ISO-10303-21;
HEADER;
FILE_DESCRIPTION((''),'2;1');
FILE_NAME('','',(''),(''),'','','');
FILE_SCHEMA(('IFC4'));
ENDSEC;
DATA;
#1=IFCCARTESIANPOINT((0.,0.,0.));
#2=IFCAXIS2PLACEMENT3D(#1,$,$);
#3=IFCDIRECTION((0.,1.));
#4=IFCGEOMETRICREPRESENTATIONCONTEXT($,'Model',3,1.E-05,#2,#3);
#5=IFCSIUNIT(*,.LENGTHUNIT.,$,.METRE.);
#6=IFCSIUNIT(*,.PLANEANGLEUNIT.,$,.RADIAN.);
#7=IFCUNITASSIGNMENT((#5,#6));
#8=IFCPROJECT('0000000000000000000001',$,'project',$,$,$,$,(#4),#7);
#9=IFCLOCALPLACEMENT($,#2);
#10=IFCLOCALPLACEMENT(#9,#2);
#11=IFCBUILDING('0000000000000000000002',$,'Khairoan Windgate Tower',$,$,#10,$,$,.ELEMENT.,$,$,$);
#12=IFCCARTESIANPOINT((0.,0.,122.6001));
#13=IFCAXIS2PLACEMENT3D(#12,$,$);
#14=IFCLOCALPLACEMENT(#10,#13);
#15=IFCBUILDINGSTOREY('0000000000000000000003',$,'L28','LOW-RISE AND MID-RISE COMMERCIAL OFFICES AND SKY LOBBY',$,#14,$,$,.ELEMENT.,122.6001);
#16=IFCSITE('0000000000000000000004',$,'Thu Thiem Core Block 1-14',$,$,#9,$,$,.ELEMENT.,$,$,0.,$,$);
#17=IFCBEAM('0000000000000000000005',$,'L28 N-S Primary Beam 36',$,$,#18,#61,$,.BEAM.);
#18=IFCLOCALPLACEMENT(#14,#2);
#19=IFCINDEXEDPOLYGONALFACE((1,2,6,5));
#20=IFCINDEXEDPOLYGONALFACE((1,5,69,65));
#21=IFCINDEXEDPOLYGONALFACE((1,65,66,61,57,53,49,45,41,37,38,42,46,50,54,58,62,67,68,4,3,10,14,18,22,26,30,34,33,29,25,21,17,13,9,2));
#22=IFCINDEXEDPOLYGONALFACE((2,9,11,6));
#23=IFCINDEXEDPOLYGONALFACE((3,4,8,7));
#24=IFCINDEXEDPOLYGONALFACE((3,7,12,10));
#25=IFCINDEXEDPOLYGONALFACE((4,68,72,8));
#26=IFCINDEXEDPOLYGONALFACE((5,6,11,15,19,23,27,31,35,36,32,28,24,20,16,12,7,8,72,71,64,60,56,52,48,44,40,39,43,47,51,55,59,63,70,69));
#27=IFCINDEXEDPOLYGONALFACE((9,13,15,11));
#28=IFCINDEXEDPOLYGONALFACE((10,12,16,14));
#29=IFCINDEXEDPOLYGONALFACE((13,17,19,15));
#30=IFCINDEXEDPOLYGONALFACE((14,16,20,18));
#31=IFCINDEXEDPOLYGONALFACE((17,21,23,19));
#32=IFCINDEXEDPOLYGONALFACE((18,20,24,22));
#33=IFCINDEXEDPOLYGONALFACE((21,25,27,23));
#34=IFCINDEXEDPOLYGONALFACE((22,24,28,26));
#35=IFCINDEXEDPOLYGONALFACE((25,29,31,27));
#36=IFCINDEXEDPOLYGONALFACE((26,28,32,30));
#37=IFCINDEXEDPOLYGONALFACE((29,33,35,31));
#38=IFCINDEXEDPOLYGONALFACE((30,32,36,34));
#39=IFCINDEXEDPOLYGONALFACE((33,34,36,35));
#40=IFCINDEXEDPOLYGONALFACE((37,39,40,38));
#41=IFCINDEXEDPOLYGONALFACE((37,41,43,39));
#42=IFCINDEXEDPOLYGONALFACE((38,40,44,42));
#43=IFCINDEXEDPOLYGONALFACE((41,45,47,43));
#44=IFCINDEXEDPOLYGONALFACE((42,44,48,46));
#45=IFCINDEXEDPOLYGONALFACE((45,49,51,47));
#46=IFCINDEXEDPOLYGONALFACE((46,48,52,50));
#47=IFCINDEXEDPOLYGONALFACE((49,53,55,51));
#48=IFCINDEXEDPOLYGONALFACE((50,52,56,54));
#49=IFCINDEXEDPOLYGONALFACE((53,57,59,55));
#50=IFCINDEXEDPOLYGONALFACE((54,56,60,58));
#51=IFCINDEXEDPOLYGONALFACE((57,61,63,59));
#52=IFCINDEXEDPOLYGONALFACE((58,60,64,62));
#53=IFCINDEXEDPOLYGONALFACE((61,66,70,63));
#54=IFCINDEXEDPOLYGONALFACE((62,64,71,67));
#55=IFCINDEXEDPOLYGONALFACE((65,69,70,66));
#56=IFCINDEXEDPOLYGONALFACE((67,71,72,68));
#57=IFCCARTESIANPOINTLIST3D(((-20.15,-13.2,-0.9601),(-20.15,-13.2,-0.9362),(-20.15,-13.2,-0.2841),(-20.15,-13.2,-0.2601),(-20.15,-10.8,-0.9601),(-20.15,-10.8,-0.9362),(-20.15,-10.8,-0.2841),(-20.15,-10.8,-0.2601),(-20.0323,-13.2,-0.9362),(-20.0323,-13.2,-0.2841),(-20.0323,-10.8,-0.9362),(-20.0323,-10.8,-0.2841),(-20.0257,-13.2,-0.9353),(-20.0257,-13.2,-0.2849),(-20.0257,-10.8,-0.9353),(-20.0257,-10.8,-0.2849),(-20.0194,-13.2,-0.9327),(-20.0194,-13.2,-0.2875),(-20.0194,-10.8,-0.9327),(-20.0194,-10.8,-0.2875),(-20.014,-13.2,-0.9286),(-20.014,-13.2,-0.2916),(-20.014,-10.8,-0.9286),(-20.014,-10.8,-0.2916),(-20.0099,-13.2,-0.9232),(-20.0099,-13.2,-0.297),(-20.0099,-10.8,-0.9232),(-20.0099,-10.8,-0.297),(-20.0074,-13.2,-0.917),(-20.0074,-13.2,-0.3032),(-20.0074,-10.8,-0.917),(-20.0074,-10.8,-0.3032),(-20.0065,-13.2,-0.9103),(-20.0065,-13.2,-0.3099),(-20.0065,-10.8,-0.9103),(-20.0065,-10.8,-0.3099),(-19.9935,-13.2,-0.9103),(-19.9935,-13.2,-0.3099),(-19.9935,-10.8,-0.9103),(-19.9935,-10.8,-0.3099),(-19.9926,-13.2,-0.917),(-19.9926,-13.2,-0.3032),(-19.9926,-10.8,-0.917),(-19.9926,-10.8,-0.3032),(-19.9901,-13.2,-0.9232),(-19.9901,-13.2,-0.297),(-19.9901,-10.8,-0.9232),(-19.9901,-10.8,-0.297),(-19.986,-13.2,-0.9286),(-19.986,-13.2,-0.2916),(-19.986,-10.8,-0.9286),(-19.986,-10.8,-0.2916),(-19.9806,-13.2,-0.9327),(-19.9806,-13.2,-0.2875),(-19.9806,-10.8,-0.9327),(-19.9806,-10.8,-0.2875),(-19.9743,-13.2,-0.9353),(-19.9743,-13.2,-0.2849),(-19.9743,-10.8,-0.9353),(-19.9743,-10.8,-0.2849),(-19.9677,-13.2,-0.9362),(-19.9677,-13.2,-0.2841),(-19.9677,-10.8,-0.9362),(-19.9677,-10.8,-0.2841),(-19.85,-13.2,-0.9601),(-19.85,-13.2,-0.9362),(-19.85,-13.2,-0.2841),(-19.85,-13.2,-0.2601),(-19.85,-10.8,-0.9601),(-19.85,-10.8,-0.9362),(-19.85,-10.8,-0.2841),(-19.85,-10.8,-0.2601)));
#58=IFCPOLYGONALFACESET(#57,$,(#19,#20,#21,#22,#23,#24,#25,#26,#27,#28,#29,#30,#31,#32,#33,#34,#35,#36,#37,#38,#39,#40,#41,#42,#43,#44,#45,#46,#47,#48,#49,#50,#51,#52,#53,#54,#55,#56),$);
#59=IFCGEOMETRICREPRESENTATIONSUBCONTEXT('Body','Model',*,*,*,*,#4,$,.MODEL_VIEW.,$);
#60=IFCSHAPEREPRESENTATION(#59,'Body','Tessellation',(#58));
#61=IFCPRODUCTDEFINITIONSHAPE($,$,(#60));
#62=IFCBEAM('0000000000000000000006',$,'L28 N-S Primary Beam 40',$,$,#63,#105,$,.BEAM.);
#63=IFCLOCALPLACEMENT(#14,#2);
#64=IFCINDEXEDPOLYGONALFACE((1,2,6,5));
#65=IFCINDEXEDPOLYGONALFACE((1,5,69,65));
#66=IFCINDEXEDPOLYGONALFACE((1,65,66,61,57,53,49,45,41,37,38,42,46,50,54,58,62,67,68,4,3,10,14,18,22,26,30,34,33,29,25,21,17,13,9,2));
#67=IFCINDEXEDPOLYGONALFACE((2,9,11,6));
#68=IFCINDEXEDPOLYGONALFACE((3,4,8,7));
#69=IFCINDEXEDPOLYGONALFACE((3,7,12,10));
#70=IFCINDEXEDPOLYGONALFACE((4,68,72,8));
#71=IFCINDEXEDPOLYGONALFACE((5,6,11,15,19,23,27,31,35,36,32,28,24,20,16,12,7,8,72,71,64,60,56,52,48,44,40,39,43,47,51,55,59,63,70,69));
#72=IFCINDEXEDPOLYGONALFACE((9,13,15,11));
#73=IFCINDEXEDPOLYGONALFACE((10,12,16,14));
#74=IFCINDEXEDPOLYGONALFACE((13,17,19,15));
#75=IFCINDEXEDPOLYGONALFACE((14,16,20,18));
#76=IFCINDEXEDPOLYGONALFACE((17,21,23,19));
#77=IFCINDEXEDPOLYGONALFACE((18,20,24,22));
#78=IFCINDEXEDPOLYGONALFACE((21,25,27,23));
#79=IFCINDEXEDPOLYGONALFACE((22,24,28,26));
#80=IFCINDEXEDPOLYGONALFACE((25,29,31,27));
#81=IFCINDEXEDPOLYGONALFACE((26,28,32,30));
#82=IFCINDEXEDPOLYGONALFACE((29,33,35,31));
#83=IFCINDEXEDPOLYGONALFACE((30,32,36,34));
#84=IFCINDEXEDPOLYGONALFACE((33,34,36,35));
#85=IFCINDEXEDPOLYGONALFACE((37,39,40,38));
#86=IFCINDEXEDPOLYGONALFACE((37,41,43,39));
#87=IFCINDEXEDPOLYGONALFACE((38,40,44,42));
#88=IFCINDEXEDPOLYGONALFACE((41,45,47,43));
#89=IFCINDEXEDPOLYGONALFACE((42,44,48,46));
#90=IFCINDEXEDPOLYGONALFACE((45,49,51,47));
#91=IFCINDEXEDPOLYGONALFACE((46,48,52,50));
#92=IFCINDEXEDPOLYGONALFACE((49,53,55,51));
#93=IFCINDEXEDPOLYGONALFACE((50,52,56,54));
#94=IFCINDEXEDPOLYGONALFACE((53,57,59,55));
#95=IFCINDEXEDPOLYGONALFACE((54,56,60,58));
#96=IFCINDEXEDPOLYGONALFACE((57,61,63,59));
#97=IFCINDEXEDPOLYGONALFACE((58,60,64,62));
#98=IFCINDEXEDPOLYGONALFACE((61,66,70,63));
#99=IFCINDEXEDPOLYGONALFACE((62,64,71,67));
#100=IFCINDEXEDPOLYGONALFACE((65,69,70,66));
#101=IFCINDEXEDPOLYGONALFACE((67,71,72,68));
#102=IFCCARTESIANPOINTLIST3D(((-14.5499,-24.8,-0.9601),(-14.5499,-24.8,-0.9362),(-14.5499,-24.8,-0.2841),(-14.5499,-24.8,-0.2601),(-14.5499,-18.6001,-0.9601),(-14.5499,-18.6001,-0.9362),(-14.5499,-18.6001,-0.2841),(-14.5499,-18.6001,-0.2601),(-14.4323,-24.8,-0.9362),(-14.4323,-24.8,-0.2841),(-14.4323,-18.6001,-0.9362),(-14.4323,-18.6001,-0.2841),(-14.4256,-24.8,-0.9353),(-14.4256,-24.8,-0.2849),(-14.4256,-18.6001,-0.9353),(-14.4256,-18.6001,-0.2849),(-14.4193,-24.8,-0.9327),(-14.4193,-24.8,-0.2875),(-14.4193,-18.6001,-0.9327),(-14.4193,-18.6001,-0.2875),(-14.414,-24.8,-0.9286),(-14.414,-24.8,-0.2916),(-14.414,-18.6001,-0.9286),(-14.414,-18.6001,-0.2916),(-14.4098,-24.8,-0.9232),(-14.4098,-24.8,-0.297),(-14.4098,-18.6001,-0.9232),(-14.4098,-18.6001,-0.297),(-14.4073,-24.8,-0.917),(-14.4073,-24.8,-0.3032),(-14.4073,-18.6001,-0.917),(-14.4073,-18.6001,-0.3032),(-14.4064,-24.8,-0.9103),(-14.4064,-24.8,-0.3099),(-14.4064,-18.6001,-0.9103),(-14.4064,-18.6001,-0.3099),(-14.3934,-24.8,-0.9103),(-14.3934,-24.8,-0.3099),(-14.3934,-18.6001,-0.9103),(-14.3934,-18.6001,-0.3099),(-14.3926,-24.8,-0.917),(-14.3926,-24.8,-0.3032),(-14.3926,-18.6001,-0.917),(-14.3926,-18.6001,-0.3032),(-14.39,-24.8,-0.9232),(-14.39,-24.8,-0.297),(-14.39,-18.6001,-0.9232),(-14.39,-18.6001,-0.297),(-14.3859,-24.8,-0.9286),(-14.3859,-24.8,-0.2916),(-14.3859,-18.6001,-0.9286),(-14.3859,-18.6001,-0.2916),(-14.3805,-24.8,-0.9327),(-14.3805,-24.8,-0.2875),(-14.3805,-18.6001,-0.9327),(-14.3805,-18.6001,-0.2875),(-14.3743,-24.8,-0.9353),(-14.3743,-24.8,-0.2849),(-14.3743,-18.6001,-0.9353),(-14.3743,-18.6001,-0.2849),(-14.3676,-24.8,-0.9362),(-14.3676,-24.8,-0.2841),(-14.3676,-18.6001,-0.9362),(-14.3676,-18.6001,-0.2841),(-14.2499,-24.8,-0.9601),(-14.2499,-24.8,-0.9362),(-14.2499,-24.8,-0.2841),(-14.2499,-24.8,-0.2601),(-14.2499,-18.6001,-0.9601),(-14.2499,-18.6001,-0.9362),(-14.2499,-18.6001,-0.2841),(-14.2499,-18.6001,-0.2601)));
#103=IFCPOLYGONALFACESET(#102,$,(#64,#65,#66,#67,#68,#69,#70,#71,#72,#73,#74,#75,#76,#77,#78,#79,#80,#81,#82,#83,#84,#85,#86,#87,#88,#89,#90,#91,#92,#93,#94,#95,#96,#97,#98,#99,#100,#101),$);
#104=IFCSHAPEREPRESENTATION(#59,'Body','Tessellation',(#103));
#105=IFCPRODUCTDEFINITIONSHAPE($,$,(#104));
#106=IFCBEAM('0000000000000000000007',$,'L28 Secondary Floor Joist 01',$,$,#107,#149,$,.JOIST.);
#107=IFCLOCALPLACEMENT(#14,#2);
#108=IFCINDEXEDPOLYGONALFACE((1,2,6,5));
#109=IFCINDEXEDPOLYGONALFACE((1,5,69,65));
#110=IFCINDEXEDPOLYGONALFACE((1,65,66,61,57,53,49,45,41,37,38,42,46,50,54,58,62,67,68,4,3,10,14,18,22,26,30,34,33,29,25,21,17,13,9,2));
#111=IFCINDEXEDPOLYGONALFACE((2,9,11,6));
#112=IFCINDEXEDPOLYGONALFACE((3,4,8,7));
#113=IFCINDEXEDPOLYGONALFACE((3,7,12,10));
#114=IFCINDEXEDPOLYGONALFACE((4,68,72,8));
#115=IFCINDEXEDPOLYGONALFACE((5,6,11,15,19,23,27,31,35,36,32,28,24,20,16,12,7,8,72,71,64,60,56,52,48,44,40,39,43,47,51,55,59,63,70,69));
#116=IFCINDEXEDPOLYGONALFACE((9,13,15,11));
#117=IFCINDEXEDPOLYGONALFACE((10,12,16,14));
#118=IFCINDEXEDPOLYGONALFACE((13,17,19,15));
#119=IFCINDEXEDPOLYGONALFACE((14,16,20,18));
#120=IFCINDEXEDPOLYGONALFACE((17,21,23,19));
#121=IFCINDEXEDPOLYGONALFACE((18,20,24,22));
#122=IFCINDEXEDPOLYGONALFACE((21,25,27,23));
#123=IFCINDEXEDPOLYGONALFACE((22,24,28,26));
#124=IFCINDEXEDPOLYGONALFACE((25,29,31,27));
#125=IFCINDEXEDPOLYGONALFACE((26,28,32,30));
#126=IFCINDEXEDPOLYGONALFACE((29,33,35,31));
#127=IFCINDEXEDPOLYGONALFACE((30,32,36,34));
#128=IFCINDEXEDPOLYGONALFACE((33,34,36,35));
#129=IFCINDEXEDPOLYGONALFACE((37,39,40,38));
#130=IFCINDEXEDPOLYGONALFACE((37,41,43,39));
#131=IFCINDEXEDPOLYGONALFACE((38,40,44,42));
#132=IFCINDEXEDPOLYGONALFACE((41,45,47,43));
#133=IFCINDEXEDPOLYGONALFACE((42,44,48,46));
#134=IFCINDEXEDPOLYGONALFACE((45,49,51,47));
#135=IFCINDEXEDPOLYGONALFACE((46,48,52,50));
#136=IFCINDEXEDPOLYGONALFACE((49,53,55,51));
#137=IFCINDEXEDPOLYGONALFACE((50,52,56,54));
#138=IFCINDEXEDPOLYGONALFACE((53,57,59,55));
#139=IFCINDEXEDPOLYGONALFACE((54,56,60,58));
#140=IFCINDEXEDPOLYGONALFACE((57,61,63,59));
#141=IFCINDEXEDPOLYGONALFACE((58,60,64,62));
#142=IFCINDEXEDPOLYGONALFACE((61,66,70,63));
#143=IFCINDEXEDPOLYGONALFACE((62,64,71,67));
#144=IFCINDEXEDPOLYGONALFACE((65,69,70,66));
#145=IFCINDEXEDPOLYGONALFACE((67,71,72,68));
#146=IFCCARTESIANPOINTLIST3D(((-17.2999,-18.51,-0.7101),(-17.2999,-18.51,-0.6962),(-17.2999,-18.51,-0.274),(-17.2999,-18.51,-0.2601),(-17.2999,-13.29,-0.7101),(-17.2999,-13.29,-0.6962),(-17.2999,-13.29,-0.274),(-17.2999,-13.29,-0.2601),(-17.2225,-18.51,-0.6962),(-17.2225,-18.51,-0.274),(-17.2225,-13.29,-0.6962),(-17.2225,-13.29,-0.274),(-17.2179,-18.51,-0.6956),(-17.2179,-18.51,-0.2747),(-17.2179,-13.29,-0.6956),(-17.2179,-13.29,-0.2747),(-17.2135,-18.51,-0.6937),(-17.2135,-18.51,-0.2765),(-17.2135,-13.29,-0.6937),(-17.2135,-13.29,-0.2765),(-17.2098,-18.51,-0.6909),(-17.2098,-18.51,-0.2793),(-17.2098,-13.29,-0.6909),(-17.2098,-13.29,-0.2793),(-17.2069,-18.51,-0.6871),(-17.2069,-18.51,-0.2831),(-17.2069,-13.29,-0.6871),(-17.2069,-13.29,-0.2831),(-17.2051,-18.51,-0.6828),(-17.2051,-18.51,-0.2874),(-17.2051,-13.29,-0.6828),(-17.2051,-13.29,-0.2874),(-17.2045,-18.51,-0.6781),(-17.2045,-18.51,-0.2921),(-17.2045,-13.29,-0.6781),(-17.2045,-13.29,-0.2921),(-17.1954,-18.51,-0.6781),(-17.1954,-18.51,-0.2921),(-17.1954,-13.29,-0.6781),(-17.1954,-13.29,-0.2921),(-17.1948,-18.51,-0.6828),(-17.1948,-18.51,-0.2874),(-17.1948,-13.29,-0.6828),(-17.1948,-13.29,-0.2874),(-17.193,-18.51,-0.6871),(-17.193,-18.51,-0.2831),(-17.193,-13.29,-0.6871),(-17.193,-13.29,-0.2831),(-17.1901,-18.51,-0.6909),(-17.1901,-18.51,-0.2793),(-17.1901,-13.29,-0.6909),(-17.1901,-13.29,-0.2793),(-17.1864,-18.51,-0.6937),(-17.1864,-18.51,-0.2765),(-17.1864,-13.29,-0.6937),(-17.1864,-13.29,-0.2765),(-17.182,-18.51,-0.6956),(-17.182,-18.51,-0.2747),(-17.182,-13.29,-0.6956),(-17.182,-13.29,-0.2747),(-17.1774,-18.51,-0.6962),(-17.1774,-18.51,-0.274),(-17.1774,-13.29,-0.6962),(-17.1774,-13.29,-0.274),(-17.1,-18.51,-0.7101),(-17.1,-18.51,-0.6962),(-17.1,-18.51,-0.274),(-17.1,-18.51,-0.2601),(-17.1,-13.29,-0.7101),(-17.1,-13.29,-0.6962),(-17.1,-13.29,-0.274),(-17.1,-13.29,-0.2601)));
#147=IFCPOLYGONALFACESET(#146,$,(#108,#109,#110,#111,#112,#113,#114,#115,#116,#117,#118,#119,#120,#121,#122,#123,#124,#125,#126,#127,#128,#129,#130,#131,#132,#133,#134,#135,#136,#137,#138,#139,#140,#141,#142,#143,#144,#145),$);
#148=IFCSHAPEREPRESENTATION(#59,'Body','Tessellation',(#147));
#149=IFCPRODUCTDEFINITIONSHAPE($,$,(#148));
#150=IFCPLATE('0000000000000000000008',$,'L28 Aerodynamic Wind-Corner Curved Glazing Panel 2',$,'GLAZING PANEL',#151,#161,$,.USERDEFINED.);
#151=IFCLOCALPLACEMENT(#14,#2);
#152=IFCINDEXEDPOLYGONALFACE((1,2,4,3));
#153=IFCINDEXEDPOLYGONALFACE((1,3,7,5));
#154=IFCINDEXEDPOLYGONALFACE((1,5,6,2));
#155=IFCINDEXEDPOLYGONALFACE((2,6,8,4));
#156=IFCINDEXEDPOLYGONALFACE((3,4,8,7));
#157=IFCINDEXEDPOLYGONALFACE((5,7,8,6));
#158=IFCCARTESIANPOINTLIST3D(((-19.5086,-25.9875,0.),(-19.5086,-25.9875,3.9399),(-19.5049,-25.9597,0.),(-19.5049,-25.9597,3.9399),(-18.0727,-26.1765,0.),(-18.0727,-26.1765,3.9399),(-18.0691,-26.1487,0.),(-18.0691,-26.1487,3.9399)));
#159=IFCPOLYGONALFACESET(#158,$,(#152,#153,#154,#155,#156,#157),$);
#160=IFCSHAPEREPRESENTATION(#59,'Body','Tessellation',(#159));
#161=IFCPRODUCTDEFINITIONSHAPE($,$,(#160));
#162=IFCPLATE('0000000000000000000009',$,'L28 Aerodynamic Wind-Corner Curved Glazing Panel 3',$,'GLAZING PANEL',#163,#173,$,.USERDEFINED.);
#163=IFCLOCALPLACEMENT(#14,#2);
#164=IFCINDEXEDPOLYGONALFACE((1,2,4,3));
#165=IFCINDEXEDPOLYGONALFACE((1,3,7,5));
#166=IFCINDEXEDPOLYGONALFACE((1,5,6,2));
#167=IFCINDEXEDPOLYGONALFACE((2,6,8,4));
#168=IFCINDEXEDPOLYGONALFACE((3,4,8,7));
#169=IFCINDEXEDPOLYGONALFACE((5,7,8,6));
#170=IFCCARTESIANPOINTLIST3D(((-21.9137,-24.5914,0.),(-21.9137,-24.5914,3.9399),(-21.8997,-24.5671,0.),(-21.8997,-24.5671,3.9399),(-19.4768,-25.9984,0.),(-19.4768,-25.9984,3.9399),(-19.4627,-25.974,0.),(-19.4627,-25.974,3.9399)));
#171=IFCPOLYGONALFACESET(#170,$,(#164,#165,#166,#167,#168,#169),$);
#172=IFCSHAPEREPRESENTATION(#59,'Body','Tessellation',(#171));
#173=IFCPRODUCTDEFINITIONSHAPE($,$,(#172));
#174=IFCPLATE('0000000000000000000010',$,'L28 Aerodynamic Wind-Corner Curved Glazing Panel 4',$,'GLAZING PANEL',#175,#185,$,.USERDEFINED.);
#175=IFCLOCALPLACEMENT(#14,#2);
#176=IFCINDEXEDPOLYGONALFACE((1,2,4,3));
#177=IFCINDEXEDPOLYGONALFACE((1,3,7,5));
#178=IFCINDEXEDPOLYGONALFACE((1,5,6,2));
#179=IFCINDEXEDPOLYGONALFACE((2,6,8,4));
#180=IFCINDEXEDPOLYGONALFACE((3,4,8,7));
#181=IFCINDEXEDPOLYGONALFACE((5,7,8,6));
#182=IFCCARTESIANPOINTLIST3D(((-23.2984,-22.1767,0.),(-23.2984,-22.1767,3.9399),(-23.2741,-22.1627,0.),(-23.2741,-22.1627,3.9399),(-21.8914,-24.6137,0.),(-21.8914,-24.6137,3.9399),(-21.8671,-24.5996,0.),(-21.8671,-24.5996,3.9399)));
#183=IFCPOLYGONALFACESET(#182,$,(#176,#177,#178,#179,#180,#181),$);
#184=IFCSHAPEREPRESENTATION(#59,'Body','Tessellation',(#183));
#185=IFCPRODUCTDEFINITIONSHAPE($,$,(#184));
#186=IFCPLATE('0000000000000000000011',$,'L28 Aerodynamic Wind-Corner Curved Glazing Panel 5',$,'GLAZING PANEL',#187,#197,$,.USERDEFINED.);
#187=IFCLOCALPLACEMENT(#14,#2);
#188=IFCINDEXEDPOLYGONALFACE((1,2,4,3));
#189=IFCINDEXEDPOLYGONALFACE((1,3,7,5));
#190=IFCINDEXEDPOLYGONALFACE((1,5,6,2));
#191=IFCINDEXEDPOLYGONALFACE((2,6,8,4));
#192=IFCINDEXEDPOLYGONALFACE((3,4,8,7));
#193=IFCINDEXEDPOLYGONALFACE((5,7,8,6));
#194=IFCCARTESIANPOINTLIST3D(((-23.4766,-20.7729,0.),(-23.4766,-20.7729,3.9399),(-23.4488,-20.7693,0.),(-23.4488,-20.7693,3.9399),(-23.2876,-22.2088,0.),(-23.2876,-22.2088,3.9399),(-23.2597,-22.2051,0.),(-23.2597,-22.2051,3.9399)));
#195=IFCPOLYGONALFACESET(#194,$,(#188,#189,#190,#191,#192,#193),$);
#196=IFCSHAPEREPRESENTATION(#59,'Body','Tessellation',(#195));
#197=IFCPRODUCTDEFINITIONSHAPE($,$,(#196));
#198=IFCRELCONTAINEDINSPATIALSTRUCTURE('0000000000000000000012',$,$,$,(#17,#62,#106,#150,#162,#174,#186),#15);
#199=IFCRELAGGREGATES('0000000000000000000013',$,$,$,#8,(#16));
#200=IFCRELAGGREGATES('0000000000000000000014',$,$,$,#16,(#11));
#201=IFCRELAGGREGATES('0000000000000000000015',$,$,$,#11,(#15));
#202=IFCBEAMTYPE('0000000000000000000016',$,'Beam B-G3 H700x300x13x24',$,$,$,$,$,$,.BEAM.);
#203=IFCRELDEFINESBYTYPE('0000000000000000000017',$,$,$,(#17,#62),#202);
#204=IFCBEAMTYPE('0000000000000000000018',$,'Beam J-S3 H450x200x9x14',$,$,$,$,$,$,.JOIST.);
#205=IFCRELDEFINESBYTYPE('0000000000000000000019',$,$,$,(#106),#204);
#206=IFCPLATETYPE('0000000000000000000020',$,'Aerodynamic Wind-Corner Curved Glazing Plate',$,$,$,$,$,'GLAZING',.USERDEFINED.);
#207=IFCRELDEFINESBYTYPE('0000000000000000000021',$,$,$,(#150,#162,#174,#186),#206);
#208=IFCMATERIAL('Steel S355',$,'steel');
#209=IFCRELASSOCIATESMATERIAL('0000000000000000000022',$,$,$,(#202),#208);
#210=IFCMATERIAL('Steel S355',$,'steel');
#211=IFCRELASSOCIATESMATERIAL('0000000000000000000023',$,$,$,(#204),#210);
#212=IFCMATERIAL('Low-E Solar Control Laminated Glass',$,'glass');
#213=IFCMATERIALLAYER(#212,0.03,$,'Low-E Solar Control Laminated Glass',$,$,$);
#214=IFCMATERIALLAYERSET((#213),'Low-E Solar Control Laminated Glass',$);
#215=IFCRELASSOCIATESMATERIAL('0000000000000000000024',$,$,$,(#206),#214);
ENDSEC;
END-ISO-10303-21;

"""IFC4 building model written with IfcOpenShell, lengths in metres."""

from ifc_helpers import new_model, si_unit, direction, frame, origin, origin_2d, place, context, subcontext, project, spatial, rectangle, i_section, extrude, material, layer, layer_set, material_profile, profile_set, type_object, element, save


model = new_model("IFC4")

# Units and contexts
model_context = context("Model", 3, precision=1e-05, world=origin(), true_north=direction((0.0, 1.0)))
body_context = subcontext(model_context, "Body", "Model", "MODEL_VIEW")
ifc_project = project(units=[si_unit("LENGTHUNIT", "METRE"), si_unit("PLANEANGLEUNIT", "RADIAN")], contexts=[model_context])

# Site, building, storey
site_placement = place(None, origin())
site = spatial("IfcSite", under=ifc_project, at=site_placement, Name="Thu Thiem Core Block 1-14", CompositionType="ELEMENT", RefElevation=0.0)
building_placement = place(site_placement, origin())
building = spatial("IfcBuilding", under=site, at=building_placement, Name="Khairoan Windgate Tower", CompositionType="ELEMENT")
storey_placement = place(building_placement, frame((0.0, 0.0, 122.6001)))
storey = spatial("IfcBuildingStorey", under=building, at=storey_placement, Name="L28", Description="LOW-RISE AND MID-RISE COMMERCIAL OFFICES AND SKY LOBBY", CompositionType="ELEMENT", Elevation=122.6001)

# Beams
ifc_material_1 = material(Name="Steel S355", Category="steel")
ifc_material_profile_1 = material_profile(ifc_material_1, i_section(OverallWidth=0.3, OverallDepth=0.7, WebThickness=0.0129, FlangeThickness=0.0239, FilletRadius=0.0259, at=origin_2d()))
ifc_profile_set_1 = profile_set([ifc_material_profile_1], Name="Steel S355")
beam_type_1 = type_object("IfcBeamType", Name="Beam B-G3 H700x300x13x24", PredefinedType="BEAM", material=ifc_profile_set_1)
beam_1_placement = place(storey_placement, frame((-20.0, -13.2, -0.6101), z_axis=(0.0, 1.0, 0.0), x_axis=(-1.0, 0.0, 0.0)))
element("IfcBeam", 1, at=beam_1_placement, inside=storey, type_object=beam_type_1, Name="L28 N-S Primary Beam 36", PredefinedType="BEAM", context=body_context, shape_type="SweptSolid", body=[
    extrude(i_section(OverallWidth=0.3, OverallDepth=0.7, WebThickness=0.0129, FlangeThickness=0.0239, FilletRadius=0.0259, at=origin_2d()), origin(), (0.0, 0.0, 1.0), 2.3999),
])
beam_2_placement = place(storey_placement, frame((-14.3999, -24.8, -0.6101), z_axis=(0.0, 1.0, 0.0), x_axis=(-1.0, 0.0, 0.0)))
element("IfcBeam", 2, at=beam_2_placement, inside=storey, type_object=beam_type_1, Name="L28 N-S Primary Beam 40", PredefinedType="BEAM", context=body_context, shape_type="SweptSolid", body=[
    extrude(i_section(OverallWidth=0.3, OverallDepth=0.7, WebThickness=0.0129, FlangeThickness=0.0239, FilletRadius=0.0259, at=origin_2d()), origin(), (0.0, 0.0, 1.0), 6.2),
])
ifc_material_2 = material(Name="Steel S355", Category="steel")
ifc_material_profile_2 = material_profile(ifc_material_2, i_section(OverallWidth=0.2, OverallDepth=0.45, WebThickness=0.009, FlangeThickness=0.0139, FilletRadius=0.0181, at=origin_2d()))
ifc_profile_set_2 = profile_set([ifc_material_profile_2], Name="Steel S355")
beam_type_2 = type_object("IfcBeamType", Name="Beam J-S3 H450x200x9x14", PredefinedType="JOIST", material=ifc_profile_set_2)
beam_3_placement = place(storey_placement, frame((-17.2, -18.51, -0.4851), z_axis=(0.0, 1.0, 0.0), x_axis=(-1.0, 0.0, 0.0)))
element("IfcBeam", 3, at=beam_3_placement, inside=storey, type_object=beam_type_2, Name="L28 Secondary Floor Joist 01", PredefinedType="JOIST", context=body_context, shape_type="SweptSolid", body=[
    extrude(i_section(OverallWidth=0.2, OverallDepth=0.45, WebThickness=0.009, FlangeThickness=0.0139, FilletRadius=0.0181, at=origin_2d()), origin(), (0.0, 0.0, 1.0), 5.22),
])

# Plates
ifc_material_3 = material(Name="Low-E Solar Control Laminated Glass", Category="glass")
ifc_layer_1 = layer(ifc_material_3, 0.03, Name="Low-E Solar Control Laminated Glass")
ifc_layer_set_1 = layer_set([ifc_layer_1], Name="Low-E Solar Control Laminated Glass")
plate_type_1 = type_object("IfcPlateType", Name="Aerodynamic Wind-Corner Curved Glazing Plate", ElementType="GLAZING", PredefinedType="USERDEFINED", material=ifc_layer_set_1)
plate_1_placement = place(storey_placement, frame((-18.7888, -26.0681, 0.0), z_axis=(0.0, 0.0, 1.0), x_axis=(-0.991445, 0.130526, 0.0)))
element("IfcPlate", 4, at=plate_1_placement, inside=storey, type_object=plate_type_1, Name="L28 Aerodynamic Wind-Corner Curved Glazing Panel 2", ObjectType="GLAZING PANEL", PredefinedType="USERDEFINED", context=body_context, shape_type="SweptSolid", body=[
    extrude(rectangle(XDim=1.4482, YDim=0.0281, at=origin_2d()), origin(), (0.0, 0.0, 1.0), 3.9399),
])
for number, where, z_axis, x_axis, name in (
    (5, (-20.6882, -25.2827, 0.0), (0.0, 0.0, 1.0), (-0.866025, 0.5, 0.0), "L28 Aerodynamic Wind-Corner Curved Glazing Panel 3"),
    (6, (-22.5828, -23.3882, 0.0), (0.0, 0.0, 1.0), (-0.5, 0.866025, 0.0), "L28 Aerodynamic Wind-Corner Curved Glazing Panel 4"),
):
    element("IfcPlate", number, at=place(storey_placement, frame(where, z_axis=z_axis, x_axis=x_axis)), inside=storey, type_object=plate_type_1, Name=name, ObjectType="GLAZING PANEL", PredefinedType="USERDEFINED", context=body_context, shape_type="SweptSolid", body=[
        extrude(rectangle(XDim=2.814, YDim=0.0281, at=origin_2d()), origin(), (0.0, 0.0, 1.0), 3.9399),
    ])
plate_2_placement = place(storey_placement, frame((-23.3682, -21.489, 0.0), z_axis=(0.0, 0.0, 1.0), x_axis=(-0.130526, 0.991445, 0.0)))
element("IfcPlate", 7, at=plate_2_placement, inside=storey, type_object=plate_type_1, Name="L28 Aerodynamic Wind-Corner Curved Glazing Panel 5", ObjectType="GLAZING PANEL", PredefinedType="USERDEFINED", context=body_context, shape_type="SweptSolid", body=[
    extrude(rectangle(XDim=1.4482, YDim=0.0281, at=origin_2d()), origin(), (0.0, 0.0, 1.0), 3.9399),
])

save(model, "model.ifc")
